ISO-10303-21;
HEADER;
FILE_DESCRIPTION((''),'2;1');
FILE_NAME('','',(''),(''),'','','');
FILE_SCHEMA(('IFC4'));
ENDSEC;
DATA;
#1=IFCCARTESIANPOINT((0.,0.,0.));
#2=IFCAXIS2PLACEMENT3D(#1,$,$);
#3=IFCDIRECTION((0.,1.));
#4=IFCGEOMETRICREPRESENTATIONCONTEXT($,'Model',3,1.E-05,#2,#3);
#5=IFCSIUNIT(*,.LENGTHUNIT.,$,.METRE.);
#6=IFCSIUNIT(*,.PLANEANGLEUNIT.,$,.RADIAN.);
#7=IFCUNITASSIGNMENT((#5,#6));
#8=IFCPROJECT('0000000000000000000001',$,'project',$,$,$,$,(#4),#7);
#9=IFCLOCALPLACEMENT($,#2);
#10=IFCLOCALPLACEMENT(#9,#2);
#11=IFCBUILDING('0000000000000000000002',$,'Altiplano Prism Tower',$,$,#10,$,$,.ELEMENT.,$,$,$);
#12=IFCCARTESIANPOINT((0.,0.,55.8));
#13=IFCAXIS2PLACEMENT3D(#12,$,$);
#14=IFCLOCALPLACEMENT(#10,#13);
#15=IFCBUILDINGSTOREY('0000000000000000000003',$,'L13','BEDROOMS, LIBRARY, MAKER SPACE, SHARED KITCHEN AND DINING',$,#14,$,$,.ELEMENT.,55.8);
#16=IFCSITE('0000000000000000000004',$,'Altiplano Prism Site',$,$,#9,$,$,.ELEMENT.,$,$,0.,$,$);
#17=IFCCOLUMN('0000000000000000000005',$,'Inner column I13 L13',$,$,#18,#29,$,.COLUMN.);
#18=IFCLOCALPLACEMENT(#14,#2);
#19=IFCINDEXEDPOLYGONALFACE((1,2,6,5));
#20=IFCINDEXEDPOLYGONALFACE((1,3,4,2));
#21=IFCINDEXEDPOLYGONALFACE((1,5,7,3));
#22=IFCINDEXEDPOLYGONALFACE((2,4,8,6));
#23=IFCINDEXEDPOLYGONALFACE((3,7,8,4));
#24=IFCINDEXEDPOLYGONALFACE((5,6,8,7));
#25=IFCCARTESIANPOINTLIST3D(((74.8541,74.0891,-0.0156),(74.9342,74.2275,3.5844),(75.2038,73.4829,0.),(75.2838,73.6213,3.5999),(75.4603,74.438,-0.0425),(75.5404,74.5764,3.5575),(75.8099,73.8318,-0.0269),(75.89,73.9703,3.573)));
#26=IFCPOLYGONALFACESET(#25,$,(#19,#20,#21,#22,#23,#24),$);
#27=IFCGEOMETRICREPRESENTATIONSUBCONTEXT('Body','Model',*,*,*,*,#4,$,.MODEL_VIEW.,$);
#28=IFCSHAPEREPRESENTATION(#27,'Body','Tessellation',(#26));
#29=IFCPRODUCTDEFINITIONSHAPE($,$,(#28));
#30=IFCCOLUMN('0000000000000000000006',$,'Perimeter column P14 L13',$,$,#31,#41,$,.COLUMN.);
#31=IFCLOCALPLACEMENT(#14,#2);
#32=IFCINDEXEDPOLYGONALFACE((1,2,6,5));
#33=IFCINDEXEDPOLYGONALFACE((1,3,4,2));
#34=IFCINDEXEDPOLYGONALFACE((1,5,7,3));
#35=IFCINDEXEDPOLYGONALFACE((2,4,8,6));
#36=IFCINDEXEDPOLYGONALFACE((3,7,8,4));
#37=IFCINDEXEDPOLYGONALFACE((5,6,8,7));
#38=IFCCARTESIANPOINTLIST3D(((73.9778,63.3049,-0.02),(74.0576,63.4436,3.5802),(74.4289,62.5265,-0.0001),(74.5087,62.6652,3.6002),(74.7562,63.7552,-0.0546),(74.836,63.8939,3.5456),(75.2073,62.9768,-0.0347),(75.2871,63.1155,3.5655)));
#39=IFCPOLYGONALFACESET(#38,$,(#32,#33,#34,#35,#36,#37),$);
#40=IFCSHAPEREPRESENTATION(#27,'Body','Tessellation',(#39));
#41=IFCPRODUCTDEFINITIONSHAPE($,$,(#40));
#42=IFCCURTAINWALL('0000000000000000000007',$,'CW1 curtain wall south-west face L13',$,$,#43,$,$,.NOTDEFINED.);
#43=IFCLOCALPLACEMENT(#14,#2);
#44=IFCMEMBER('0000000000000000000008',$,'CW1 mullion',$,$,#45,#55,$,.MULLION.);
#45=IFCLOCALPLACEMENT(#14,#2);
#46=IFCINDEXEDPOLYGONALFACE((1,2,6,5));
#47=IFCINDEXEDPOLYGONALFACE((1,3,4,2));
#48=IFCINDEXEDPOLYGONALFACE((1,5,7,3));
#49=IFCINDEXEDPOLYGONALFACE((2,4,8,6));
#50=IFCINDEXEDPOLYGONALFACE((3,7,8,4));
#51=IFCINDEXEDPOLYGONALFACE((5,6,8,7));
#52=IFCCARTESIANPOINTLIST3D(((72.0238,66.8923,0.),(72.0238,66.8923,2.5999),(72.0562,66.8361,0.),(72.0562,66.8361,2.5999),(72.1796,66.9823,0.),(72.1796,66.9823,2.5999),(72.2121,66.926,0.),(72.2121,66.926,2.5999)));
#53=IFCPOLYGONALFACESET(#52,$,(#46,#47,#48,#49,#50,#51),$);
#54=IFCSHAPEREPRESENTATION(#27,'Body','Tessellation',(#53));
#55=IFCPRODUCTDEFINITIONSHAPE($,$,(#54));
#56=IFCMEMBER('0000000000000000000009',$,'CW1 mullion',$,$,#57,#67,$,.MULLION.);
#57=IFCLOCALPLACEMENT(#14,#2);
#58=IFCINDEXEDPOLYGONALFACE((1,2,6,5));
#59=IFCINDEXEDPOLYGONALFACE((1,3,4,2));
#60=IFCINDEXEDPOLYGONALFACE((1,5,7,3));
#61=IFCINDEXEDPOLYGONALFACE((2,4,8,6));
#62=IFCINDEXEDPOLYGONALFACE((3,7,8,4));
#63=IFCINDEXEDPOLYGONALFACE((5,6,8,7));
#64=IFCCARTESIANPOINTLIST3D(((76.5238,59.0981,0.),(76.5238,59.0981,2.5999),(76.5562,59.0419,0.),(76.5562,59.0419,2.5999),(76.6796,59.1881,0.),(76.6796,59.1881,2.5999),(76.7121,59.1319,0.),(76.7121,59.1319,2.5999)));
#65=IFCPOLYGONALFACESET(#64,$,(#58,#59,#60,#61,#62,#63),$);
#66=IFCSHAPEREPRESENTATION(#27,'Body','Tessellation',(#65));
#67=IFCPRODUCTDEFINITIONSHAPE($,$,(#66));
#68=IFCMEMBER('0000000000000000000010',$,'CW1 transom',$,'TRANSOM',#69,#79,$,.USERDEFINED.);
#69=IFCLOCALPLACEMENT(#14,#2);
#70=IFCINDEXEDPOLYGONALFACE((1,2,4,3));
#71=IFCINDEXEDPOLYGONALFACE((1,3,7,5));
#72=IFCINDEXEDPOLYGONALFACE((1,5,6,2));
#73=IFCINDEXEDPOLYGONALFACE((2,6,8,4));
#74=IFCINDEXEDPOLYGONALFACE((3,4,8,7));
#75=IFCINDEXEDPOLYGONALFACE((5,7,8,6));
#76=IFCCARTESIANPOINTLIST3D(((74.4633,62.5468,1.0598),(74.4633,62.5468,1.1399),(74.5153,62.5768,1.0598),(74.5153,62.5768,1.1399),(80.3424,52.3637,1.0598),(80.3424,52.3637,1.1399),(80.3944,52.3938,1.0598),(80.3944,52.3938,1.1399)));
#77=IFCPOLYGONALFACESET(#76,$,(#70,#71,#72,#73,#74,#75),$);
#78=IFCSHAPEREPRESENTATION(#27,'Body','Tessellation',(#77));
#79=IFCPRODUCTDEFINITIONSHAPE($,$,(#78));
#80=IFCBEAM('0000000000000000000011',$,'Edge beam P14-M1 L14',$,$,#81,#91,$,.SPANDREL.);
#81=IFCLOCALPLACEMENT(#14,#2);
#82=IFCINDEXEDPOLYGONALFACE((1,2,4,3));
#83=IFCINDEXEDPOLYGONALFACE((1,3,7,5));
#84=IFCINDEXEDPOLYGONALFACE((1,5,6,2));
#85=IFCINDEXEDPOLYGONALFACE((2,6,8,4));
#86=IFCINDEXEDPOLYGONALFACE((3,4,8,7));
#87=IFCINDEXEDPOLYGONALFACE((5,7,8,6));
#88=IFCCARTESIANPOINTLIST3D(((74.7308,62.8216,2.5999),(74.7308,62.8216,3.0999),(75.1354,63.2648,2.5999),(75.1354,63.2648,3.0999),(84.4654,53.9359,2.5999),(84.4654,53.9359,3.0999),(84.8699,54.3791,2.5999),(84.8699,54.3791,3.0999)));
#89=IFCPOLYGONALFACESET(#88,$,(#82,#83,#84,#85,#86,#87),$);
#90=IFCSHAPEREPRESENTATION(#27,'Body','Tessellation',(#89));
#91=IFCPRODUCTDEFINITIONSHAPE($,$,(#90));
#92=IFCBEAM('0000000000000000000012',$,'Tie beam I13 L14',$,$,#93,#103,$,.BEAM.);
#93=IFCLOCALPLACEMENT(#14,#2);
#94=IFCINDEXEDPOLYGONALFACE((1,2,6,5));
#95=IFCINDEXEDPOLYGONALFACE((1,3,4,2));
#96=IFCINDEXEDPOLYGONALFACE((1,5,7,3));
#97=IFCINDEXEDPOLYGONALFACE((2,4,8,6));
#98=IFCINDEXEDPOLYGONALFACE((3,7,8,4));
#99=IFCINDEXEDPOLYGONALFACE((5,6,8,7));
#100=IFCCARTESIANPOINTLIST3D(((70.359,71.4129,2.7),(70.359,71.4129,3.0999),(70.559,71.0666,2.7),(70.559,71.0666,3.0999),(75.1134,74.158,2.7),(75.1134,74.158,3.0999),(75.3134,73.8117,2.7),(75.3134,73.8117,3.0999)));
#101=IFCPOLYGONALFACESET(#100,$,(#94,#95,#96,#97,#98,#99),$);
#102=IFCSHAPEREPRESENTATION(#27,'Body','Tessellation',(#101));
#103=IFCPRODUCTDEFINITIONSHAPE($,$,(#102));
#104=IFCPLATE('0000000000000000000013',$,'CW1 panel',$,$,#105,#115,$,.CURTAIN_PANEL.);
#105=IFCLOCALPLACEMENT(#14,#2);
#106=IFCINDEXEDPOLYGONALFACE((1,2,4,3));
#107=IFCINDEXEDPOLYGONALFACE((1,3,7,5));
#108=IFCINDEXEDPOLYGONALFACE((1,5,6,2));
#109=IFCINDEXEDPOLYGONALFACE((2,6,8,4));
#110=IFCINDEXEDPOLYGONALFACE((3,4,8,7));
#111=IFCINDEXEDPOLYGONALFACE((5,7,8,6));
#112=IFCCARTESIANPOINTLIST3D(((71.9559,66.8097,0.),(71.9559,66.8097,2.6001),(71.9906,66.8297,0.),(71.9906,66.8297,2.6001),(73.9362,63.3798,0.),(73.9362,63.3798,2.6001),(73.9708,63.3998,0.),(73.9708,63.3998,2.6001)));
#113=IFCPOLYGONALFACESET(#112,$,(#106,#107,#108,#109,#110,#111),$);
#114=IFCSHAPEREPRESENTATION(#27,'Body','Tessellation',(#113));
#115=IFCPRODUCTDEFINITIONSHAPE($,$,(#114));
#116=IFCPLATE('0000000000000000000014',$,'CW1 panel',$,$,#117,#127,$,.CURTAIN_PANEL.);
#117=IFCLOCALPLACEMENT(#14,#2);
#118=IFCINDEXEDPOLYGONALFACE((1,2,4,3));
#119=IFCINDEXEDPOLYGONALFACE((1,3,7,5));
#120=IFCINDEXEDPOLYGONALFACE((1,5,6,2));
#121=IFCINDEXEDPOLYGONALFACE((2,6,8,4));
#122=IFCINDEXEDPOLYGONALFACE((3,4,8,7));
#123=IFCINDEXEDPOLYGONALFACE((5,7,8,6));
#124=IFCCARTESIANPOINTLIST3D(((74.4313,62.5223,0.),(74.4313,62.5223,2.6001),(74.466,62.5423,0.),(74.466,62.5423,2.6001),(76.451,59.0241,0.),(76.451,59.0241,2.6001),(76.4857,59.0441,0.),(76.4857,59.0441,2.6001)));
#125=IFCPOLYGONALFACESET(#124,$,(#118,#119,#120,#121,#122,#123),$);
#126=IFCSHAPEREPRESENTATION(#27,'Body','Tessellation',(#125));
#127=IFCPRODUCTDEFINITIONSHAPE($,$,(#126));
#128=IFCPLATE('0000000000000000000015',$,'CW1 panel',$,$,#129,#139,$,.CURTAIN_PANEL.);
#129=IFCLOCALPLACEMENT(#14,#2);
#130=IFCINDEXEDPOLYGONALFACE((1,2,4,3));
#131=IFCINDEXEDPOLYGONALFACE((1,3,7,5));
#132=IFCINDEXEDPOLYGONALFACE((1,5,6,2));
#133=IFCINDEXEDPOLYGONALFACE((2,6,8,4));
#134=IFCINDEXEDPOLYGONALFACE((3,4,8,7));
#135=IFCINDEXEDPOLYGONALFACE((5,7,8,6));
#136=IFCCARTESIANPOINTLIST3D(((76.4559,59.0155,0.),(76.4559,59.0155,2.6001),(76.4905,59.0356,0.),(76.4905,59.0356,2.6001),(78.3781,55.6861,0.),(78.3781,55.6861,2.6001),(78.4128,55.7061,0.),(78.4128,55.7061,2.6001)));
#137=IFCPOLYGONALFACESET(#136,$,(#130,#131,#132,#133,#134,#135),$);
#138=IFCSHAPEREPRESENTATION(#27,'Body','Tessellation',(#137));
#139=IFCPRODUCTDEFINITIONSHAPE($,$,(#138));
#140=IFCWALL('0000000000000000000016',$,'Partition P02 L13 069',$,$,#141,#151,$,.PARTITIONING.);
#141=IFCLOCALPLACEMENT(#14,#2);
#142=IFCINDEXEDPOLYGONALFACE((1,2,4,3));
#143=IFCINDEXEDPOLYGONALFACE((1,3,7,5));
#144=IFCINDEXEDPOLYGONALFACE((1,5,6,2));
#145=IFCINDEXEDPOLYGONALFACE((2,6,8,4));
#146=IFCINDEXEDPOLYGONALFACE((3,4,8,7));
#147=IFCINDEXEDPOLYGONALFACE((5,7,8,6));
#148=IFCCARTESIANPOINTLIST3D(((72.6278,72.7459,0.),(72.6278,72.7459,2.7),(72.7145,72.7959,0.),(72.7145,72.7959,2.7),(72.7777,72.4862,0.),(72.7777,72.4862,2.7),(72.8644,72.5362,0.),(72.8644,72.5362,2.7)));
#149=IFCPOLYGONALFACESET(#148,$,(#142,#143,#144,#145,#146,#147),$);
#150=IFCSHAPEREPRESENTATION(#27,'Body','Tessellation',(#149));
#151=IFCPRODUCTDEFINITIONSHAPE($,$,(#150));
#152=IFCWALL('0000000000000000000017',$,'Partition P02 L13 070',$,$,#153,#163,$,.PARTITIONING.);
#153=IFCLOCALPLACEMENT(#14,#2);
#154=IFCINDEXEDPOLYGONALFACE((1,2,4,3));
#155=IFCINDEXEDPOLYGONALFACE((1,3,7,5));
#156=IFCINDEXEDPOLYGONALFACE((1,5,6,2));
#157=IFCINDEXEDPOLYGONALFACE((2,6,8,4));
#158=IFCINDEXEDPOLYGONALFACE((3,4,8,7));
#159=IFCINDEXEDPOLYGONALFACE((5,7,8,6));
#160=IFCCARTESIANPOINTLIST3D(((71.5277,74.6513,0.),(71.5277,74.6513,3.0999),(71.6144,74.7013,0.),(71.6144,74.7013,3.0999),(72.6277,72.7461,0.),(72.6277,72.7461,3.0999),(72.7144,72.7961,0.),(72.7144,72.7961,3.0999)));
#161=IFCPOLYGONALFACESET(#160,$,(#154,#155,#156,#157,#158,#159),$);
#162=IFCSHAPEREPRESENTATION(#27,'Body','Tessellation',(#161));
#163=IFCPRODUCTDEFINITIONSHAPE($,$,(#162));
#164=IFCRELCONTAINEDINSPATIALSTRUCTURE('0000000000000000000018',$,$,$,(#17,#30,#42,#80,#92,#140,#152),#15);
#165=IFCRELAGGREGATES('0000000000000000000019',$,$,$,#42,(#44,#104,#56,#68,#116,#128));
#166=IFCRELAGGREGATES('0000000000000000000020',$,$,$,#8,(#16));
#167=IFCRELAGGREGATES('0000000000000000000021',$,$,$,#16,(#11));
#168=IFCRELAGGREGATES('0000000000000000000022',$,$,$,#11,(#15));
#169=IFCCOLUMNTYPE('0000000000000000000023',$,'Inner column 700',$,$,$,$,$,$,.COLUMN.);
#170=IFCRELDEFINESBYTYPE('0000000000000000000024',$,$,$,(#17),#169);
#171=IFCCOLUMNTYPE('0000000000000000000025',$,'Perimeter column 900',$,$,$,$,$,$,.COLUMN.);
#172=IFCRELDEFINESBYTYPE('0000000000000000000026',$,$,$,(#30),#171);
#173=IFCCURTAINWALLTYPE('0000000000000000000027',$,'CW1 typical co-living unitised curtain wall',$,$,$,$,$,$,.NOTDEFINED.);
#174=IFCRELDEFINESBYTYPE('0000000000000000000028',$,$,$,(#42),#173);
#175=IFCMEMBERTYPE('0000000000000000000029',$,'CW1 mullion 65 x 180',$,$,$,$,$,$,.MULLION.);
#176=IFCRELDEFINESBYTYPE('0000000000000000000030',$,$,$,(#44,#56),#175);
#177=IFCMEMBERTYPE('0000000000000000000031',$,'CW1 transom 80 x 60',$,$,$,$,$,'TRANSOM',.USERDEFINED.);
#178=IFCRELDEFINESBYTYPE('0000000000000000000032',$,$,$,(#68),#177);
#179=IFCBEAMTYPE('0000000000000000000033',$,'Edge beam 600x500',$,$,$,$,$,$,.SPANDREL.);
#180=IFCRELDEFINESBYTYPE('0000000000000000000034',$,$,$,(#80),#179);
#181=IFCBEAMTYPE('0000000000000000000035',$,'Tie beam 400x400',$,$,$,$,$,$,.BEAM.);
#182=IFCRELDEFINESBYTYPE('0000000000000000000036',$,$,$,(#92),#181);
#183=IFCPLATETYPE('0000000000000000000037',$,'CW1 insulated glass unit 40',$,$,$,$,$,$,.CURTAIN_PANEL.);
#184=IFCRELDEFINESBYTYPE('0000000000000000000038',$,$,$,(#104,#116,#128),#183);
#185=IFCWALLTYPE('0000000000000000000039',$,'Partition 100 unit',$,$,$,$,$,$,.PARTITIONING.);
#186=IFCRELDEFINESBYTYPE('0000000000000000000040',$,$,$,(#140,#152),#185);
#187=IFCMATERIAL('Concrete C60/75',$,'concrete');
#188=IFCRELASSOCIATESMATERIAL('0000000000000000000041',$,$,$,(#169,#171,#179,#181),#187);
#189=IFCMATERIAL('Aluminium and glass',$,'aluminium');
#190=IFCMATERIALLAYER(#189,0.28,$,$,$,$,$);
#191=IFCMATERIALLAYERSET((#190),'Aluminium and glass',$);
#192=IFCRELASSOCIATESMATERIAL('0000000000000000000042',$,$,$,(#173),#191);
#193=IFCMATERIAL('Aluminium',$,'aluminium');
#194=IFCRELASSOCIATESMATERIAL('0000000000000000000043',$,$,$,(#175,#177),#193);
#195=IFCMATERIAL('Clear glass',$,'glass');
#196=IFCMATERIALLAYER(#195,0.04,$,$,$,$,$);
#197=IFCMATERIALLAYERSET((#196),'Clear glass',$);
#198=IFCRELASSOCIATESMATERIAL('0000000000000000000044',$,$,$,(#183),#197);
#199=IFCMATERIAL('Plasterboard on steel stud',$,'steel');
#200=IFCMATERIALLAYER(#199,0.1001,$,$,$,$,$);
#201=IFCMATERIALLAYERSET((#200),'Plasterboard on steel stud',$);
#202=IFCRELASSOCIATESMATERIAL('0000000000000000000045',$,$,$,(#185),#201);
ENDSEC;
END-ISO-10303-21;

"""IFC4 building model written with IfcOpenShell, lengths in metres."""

from ifc_helpers import new_model, si_unit, direction, frame, frame_2d, origin, origin_2d, place, context, subcontext, project, spatial, rectangle, extrude, material, layer, layer_set, material_profile, profile_set, type_object, element, aggregate, save


model = new_model("IFC4")

# Units and contexts
model_context = context("Model", 3, precision=1e-05, world=origin(), true_north=direction((0.0, 1.0)))
body_context = subcontext(model_context, "Body", "Model", "MODEL_VIEW")
ifc_project = project(units=[si_unit("LENGTHUNIT", "METRE"), si_unit("PLANEANGLEUNIT", "RADIAN")], contexts=[model_context])

# Site, building, storey
site_placement = place(None, origin())
site = spatial("IfcSite", under=ifc_project, at=site_placement, Name="Altiplano Prism Site", CompositionType="ELEMENT", RefElevation=0.0)
building_placement = place(site_placement, origin())
building = spatial("IfcBuilding", under=site, at=building_placement, Name="Altiplano Prism Tower", CompositionType="ELEMENT")
storey_placement = place(building_placement, frame((0.0, 0.0, 55.8)))
storey = spatial("IfcBuildingStorey", under=building, at=storey_placement, Name="L13", Description="BEDROOMS, LIBRARY, MAKER SPACE, SHARED KITCHEN AND DINING", CompositionType="ELEMENT", Elevation=55.8)

# Columns
ifc_material_1 = material(Name="Concrete C60/75", Category="concrete")
ifc_material_profile_1 = material_profile(ifc_material_1, rectangle(XDim=0.7, YDim=0.7, at=origin_2d()), Name="Inner column 700")
ifc_profile_set_1 = profile_set([ifc_material_profile_1], Name="Concrete C60/75")
column_type_1 = type_object("IfcColumnType", Name="Inner column 700", PredefinedType="COLUMN", material=ifc_profile_set_1)
column_1_placement = place(storey_placement, frame((75.332, 73.9604, -0.0212), z_axis=(0.022223, 0.038416, 0.999015), x_axis=(-0.866021, -0.498528, 0.038435)))
element("IfcColumn", 1, at=column_1_placement, inside=storey, type_object=column_type_1, Name="Inner column I13 L13", PredefinedType="COLUMN", context=body_context, shape_type="SweptSolid", body=[
    extrude(rectangle(XDim=0.7, YDim=0.7, at=origin_2d()), origin(), (0.0, 0.0, 1.0), 3.6035),
])
ifc_material_profile_2 = material_profile(ifc_material_1, rectangle(XDim=0.8999, YDim=0.8999, at=origin_2d()), Name="Perimeter column 900")
ifc_profile_set_2 = profile_set([ifc_material_profile_2], Name="Concrete C60/75")
column_type_2 = type_object("IfcColumnType", Name="Perimeter column 900", PredefinedType="COLUMN", material=ifc_profile_set_2)
column_2_placement = place(storey_placement, frame((74.5925, 63.1409, -0.0273), z_axis=(0.022154, 0.038481, 0.999014), x_axis=(-0.86498, -0.500331, 0.038454)))
element("IfcColumn", 2, at=column_2_placement, inside=storey, type_object=column_type_2, Name="Perimeter column P14 L13", PredefinedType="COLUMN", context=body_context, shape_type="SweptSolid", body=[
    extrude(rectangle(XDim=0.8999, YDim=0.8999, at=origin_2d()), origin(), (0.0, 0.0, 1.0), 3.6038),
])

# Curtain wall, members
ifc_material_2 = material(Name="Aluminium and glass", Category="aluminium")
ifc_layer_1 = layer(ifc_material_2, 0.28)
ifc_layer_set_1 = layer_set([ifc_layer_1], Name="Aluminium and glass")
curtain_wall_type = type_object("IfcCurtainWallType", Name="CW1 typical co-living unitised curtain wall", PredefinedType="NOTDEFINED", material=ifc_layer_set_1)
curtain_wall_placement = place(storey_placement, origin())
curtain_wall = element("IfcCurtainWall", 3, at=curtain_wall_placement, inside=storey, type_object=curtain_wall_type, Name="CW1 curtain wall south-west face L13", PredefinedType="NOTDEFINED")
ifc_material_3 = material(Name="Aluminium", Category="aluminium")
ifc_material_profile_3 = material_profile(ifc_material_3, rectangle(XDim=0.1799, YDim=0.0649, at=origin_2d()), Name="CW1 mullion 65 x 180")
ifc_profile_set_3 = profile_set([ifc_material_profile_3], Name="Aluminium")
member_type_1 = type_object("IfcMemberType", Name="CW1 mullion 65 x 180", PredefinedType="MULLION", material=ifc_profile_set_3)
member_1_placement = place(storey_placement, frame((72.1179, 66.9092, 0.0), z_axis=(0.0, 0.0, 1.0), x_axis=(0.866025, 0.5, 0.0)))
member_1 = element("IfcMember", 4, at=member_1_placement, type_object=member_type_1, Name="CW1 mullion", PredefinedType="MULLION", context=body_context, shape_type="SweptSolid", body=[
    extrude(rectangle(XDim=0.1799, YDim=0.0649, at=origin_2d()), origin(), (0.0, 0.0, 1.0), 2.5999),
])
member_2_placement = place(storey_placement, frame((76.6179, 59.115, 0.0), z_axis=(0.0, 0.0, 1.0), x_axis=(0.866025, 0.5, 0.0)))
member_2 = element("IfcMember", 5, at=member_2_placement, type_object=member_type_1, Name="CW1 mullion", PredefinedType="MULLION", context=body_context, shape_type="SweptSolid", body=[
    extrude(rectangle(XDim=0.1799, YDim=0.0649, at=origin_2d()), origin(), (0.0, 0.0, 1.0), 2.5999),
])
ifc_material_profile_4 = material_profile(ifc_material_3, rectangle(XDim=0.0601, YDim=0.0801, at=origin_2d()), Name="CW1 transom 80 x 60")
ifc_profile_set_4 = profile_set([ifc_material_profile_4], Name="Aluminium")
member_type_2 = type_object("IfcMemberType", Name="CW1 transom 80 x 60", ElementType="TRANSOM", PredefinedType="USERDEFINED", material=ifc_profile_set_4)
member_3_placement = place(storey_placement, frame((74.4893, 62.5618, 1.0999), z_axis=(0.499996, -0.866028, 0.0), x_axis=(0.866028, 0.499996, 0.0)))
member_3 = element("IfcMember", 6, at=member_3_placement, type_object=member_type_2, Name="CW1 transom", ObjectType="TRANSOM", PredefinedType="USERDEFINED", context=body_context, shape_type="SweptSolid", body=[
    extrude(rectangle(XDim=0.0601, YDim=0.0801, at=origin_2d()), origin(), (0.0, 0.0, 1.0), 11.7583),
])

# Beams
ifc_material_profile_5 = material_profile(ifc_material_1, rectangle(XDim=0.6001, YDim=0.5, at=origin_2d()), Name="Edge beam 600x500")
ifc_profile_set_5 = profile_set([ifc_material_profile_5], Name="Concrete C60/75")
beam_type_1 = type_object("IfcBeamType", Name="Edge beam 600x500", PredefinedType="SPANDREL", material=ifc_profile_set_5)
beam_1_placement = place(storey_placement, frame((74.9331, 63.0432, 2.8499), z_axis=(0.738576, -0.674171, 0.0), x_axis=(0.674171, 0.738576, 0.0)))
element("IfcBeam", 7, at=beam_1_placement, inside=storey, type_object=beam_type_1, Name="Edge beam P14-M1 L14", PredefinedType="SPANDREL", context=body_context, shape_type="SweptSolid", body=[
    extrude(rectangle(XDim=0.6001, YDim=0.5, at=origin_2d()), origin(), (0.0, 0.0, 1.0), 13.1802),
])
ifc_material_profile_6 = material_profile(ifc_material_1, rectangle(XDim=0.3999, YDim=0.3999, at=origin_2d()), Name="Tie beam 400x400")
ifc_profile_set_6 = profile_set([ifc_material_profile_6], Name="Concrete C60/75")
beam_type_2 = type_object("IfcBeamType", Name="Tie beam 400x400", PredefinedType="BEAM", material=ifc_profile_set_6)
beam_2_placement = place(storey_placement, frame((75.2134, 73.9849, 2.8999), z_axis=(-0.866012, -0.500023, 0.0), x_axis=(0.500023, -0.866012, 0.0)))
element("IfcBeam", 8, at=beam_2_placement, inside=storey, type_object=beam_type_2, Name="Tie beam I13 L14", PredefinedType="BEAM", context=body_context, shape_type="SweptSolid", body=[
    extrude(rectangle(XDim=0.3999, YDim=0.3999, at=origin_2d()), origin(), (0.0, 0.0, 1.0), 5.49),
])

# Plates
ifc_material_4 = material(Name="Clear glass", Category="glass")
ifc_layer_2 = layer(ifc_material_4, 0.04)
ifc_layer_set_2 = layer_set([ifc_layer_2], Name="Clear glass")
plate_type = type_object("IfcPlateType", Name="CW1 insulated glass unit 40", PredefinedType="CURTAIN_PANEL", material=ifc_layer_set_2)
plate_1_placement = place(storey_placement, frame((72.9634, 65.1047, 0.0), z_axis=(0.0, 0.0, 1.0), x_axis=(0.5, -0.866025, 0.0)))
plate_1 = element("IfcPlate", 9, at=plate_1_placement, type_object=plate_type, Name="CW1 panel", PredefinedType="CURTAIN_PANEL", context=body_context, shape_type="SweptSolid", body=[
    extrude(rectangle(XDim=3.9604, YDim=0.04, at=origin_2d()), origin(), (0.0, 0.0, 1.0), 2.6001),
])
plate_2_placement = place(storey_placement, frame((75.4585, 60.7832, 0.0), z_axis=(0.0, 0.0, 1.0), x_axis=(0.5, -0.866025, 0.0)))
plate_2 = element("IfcPlate", 10, at=plate_2_placement, type_object=plate_type, Name="CW1 panel", PredefinedType="CURTAIN_PANEL", context=body_context, shape_type="SweptSolid", body=[
    extrude(rectangle(XDim=4.0393, YDim=0.04, at=origin_2d()), origin(), (0.0, 0.0, 1.0), 2.6001),
])
plate_3_placement = place(storey_placement, frame((77.4343, 57.3608, 0.0), z_axis=(0.0, 0.0, 1.0), x_axis=(0.5, -0.866025, 0.0)))
plate_3 = element("IfcPlate", 11, at=plate_3_placement, type_object=plate_type, Name="CW1 panel", PredefinedType="CURTAIN_PANEL", context=body_context, shape_type="SweptSolid", body=[
    extrude(rectangle(XDim=3.8445, YDim=0.04, at=origin_2d()), origin(), (0.0, 0.0, 1.0), 2.6001),
])
aggregate(curtain_wall, [member_1, plate_1, member_2, member_3, plate_2, plate_3])

# Walls
ifc_material_5 = material(Name="Plasterboard on steel stud", Category="steel")
ifc_layer_3 = layer(ifc_material_5, 0.1001)
ifc_layer_set_3 = layer_set([ifc_layer_3], Name="Plasterboard on steel stud")
wall_type_1 = type_object("IfcWallType", Name="Partition 100 unit", PredefinedType="PARTITIONING", material=ifc_layer_set_3)
wall_1_placement = place(storey_placement, frame((72.821, 72.5112, 0.0), z_axis=(0.0, 0.0, 1.0), x_axis=(-0.499816, 0.866131, 0.0)))
element("IfcWall", 12, at=wall_1_placement, inside=storey, type_object=wall_type_1, Name="Partition P02 L13 069", PredefinedType="PARTITIONING", context=body_context, shape_type="SweptSolid", body=[
    extrude(rectangle(XDim=0.2998, YDim=0.1001, at=frame_2d((0.1499, 0.0))), origin(), (0.0, 0.0, 1.0), 2.7),
])
wall_2_placement = place(storey_placement, frame((72.6711, 72.771, 0.0), z_axis=(0.0, 0.0, 1.0), x_axis=(-0.50003, 0.866008, 0.0)))
element("IfcWall", 13, at=wall_2_placement, inside=storey, type_object=wall_type_1, Name="Partition P02 L13 070", PredefinedType="PARTITIONING", context=body_context, shape_type="SweptSolid", body=[
    extrude(rectangle(XDim=2.2, YDim=0.1001, at=frame_2d((1.1001, 0.0))), origin(), (0.0, 0.0, 1.0), 3.0999),
])

save(model, "model.ifc")
